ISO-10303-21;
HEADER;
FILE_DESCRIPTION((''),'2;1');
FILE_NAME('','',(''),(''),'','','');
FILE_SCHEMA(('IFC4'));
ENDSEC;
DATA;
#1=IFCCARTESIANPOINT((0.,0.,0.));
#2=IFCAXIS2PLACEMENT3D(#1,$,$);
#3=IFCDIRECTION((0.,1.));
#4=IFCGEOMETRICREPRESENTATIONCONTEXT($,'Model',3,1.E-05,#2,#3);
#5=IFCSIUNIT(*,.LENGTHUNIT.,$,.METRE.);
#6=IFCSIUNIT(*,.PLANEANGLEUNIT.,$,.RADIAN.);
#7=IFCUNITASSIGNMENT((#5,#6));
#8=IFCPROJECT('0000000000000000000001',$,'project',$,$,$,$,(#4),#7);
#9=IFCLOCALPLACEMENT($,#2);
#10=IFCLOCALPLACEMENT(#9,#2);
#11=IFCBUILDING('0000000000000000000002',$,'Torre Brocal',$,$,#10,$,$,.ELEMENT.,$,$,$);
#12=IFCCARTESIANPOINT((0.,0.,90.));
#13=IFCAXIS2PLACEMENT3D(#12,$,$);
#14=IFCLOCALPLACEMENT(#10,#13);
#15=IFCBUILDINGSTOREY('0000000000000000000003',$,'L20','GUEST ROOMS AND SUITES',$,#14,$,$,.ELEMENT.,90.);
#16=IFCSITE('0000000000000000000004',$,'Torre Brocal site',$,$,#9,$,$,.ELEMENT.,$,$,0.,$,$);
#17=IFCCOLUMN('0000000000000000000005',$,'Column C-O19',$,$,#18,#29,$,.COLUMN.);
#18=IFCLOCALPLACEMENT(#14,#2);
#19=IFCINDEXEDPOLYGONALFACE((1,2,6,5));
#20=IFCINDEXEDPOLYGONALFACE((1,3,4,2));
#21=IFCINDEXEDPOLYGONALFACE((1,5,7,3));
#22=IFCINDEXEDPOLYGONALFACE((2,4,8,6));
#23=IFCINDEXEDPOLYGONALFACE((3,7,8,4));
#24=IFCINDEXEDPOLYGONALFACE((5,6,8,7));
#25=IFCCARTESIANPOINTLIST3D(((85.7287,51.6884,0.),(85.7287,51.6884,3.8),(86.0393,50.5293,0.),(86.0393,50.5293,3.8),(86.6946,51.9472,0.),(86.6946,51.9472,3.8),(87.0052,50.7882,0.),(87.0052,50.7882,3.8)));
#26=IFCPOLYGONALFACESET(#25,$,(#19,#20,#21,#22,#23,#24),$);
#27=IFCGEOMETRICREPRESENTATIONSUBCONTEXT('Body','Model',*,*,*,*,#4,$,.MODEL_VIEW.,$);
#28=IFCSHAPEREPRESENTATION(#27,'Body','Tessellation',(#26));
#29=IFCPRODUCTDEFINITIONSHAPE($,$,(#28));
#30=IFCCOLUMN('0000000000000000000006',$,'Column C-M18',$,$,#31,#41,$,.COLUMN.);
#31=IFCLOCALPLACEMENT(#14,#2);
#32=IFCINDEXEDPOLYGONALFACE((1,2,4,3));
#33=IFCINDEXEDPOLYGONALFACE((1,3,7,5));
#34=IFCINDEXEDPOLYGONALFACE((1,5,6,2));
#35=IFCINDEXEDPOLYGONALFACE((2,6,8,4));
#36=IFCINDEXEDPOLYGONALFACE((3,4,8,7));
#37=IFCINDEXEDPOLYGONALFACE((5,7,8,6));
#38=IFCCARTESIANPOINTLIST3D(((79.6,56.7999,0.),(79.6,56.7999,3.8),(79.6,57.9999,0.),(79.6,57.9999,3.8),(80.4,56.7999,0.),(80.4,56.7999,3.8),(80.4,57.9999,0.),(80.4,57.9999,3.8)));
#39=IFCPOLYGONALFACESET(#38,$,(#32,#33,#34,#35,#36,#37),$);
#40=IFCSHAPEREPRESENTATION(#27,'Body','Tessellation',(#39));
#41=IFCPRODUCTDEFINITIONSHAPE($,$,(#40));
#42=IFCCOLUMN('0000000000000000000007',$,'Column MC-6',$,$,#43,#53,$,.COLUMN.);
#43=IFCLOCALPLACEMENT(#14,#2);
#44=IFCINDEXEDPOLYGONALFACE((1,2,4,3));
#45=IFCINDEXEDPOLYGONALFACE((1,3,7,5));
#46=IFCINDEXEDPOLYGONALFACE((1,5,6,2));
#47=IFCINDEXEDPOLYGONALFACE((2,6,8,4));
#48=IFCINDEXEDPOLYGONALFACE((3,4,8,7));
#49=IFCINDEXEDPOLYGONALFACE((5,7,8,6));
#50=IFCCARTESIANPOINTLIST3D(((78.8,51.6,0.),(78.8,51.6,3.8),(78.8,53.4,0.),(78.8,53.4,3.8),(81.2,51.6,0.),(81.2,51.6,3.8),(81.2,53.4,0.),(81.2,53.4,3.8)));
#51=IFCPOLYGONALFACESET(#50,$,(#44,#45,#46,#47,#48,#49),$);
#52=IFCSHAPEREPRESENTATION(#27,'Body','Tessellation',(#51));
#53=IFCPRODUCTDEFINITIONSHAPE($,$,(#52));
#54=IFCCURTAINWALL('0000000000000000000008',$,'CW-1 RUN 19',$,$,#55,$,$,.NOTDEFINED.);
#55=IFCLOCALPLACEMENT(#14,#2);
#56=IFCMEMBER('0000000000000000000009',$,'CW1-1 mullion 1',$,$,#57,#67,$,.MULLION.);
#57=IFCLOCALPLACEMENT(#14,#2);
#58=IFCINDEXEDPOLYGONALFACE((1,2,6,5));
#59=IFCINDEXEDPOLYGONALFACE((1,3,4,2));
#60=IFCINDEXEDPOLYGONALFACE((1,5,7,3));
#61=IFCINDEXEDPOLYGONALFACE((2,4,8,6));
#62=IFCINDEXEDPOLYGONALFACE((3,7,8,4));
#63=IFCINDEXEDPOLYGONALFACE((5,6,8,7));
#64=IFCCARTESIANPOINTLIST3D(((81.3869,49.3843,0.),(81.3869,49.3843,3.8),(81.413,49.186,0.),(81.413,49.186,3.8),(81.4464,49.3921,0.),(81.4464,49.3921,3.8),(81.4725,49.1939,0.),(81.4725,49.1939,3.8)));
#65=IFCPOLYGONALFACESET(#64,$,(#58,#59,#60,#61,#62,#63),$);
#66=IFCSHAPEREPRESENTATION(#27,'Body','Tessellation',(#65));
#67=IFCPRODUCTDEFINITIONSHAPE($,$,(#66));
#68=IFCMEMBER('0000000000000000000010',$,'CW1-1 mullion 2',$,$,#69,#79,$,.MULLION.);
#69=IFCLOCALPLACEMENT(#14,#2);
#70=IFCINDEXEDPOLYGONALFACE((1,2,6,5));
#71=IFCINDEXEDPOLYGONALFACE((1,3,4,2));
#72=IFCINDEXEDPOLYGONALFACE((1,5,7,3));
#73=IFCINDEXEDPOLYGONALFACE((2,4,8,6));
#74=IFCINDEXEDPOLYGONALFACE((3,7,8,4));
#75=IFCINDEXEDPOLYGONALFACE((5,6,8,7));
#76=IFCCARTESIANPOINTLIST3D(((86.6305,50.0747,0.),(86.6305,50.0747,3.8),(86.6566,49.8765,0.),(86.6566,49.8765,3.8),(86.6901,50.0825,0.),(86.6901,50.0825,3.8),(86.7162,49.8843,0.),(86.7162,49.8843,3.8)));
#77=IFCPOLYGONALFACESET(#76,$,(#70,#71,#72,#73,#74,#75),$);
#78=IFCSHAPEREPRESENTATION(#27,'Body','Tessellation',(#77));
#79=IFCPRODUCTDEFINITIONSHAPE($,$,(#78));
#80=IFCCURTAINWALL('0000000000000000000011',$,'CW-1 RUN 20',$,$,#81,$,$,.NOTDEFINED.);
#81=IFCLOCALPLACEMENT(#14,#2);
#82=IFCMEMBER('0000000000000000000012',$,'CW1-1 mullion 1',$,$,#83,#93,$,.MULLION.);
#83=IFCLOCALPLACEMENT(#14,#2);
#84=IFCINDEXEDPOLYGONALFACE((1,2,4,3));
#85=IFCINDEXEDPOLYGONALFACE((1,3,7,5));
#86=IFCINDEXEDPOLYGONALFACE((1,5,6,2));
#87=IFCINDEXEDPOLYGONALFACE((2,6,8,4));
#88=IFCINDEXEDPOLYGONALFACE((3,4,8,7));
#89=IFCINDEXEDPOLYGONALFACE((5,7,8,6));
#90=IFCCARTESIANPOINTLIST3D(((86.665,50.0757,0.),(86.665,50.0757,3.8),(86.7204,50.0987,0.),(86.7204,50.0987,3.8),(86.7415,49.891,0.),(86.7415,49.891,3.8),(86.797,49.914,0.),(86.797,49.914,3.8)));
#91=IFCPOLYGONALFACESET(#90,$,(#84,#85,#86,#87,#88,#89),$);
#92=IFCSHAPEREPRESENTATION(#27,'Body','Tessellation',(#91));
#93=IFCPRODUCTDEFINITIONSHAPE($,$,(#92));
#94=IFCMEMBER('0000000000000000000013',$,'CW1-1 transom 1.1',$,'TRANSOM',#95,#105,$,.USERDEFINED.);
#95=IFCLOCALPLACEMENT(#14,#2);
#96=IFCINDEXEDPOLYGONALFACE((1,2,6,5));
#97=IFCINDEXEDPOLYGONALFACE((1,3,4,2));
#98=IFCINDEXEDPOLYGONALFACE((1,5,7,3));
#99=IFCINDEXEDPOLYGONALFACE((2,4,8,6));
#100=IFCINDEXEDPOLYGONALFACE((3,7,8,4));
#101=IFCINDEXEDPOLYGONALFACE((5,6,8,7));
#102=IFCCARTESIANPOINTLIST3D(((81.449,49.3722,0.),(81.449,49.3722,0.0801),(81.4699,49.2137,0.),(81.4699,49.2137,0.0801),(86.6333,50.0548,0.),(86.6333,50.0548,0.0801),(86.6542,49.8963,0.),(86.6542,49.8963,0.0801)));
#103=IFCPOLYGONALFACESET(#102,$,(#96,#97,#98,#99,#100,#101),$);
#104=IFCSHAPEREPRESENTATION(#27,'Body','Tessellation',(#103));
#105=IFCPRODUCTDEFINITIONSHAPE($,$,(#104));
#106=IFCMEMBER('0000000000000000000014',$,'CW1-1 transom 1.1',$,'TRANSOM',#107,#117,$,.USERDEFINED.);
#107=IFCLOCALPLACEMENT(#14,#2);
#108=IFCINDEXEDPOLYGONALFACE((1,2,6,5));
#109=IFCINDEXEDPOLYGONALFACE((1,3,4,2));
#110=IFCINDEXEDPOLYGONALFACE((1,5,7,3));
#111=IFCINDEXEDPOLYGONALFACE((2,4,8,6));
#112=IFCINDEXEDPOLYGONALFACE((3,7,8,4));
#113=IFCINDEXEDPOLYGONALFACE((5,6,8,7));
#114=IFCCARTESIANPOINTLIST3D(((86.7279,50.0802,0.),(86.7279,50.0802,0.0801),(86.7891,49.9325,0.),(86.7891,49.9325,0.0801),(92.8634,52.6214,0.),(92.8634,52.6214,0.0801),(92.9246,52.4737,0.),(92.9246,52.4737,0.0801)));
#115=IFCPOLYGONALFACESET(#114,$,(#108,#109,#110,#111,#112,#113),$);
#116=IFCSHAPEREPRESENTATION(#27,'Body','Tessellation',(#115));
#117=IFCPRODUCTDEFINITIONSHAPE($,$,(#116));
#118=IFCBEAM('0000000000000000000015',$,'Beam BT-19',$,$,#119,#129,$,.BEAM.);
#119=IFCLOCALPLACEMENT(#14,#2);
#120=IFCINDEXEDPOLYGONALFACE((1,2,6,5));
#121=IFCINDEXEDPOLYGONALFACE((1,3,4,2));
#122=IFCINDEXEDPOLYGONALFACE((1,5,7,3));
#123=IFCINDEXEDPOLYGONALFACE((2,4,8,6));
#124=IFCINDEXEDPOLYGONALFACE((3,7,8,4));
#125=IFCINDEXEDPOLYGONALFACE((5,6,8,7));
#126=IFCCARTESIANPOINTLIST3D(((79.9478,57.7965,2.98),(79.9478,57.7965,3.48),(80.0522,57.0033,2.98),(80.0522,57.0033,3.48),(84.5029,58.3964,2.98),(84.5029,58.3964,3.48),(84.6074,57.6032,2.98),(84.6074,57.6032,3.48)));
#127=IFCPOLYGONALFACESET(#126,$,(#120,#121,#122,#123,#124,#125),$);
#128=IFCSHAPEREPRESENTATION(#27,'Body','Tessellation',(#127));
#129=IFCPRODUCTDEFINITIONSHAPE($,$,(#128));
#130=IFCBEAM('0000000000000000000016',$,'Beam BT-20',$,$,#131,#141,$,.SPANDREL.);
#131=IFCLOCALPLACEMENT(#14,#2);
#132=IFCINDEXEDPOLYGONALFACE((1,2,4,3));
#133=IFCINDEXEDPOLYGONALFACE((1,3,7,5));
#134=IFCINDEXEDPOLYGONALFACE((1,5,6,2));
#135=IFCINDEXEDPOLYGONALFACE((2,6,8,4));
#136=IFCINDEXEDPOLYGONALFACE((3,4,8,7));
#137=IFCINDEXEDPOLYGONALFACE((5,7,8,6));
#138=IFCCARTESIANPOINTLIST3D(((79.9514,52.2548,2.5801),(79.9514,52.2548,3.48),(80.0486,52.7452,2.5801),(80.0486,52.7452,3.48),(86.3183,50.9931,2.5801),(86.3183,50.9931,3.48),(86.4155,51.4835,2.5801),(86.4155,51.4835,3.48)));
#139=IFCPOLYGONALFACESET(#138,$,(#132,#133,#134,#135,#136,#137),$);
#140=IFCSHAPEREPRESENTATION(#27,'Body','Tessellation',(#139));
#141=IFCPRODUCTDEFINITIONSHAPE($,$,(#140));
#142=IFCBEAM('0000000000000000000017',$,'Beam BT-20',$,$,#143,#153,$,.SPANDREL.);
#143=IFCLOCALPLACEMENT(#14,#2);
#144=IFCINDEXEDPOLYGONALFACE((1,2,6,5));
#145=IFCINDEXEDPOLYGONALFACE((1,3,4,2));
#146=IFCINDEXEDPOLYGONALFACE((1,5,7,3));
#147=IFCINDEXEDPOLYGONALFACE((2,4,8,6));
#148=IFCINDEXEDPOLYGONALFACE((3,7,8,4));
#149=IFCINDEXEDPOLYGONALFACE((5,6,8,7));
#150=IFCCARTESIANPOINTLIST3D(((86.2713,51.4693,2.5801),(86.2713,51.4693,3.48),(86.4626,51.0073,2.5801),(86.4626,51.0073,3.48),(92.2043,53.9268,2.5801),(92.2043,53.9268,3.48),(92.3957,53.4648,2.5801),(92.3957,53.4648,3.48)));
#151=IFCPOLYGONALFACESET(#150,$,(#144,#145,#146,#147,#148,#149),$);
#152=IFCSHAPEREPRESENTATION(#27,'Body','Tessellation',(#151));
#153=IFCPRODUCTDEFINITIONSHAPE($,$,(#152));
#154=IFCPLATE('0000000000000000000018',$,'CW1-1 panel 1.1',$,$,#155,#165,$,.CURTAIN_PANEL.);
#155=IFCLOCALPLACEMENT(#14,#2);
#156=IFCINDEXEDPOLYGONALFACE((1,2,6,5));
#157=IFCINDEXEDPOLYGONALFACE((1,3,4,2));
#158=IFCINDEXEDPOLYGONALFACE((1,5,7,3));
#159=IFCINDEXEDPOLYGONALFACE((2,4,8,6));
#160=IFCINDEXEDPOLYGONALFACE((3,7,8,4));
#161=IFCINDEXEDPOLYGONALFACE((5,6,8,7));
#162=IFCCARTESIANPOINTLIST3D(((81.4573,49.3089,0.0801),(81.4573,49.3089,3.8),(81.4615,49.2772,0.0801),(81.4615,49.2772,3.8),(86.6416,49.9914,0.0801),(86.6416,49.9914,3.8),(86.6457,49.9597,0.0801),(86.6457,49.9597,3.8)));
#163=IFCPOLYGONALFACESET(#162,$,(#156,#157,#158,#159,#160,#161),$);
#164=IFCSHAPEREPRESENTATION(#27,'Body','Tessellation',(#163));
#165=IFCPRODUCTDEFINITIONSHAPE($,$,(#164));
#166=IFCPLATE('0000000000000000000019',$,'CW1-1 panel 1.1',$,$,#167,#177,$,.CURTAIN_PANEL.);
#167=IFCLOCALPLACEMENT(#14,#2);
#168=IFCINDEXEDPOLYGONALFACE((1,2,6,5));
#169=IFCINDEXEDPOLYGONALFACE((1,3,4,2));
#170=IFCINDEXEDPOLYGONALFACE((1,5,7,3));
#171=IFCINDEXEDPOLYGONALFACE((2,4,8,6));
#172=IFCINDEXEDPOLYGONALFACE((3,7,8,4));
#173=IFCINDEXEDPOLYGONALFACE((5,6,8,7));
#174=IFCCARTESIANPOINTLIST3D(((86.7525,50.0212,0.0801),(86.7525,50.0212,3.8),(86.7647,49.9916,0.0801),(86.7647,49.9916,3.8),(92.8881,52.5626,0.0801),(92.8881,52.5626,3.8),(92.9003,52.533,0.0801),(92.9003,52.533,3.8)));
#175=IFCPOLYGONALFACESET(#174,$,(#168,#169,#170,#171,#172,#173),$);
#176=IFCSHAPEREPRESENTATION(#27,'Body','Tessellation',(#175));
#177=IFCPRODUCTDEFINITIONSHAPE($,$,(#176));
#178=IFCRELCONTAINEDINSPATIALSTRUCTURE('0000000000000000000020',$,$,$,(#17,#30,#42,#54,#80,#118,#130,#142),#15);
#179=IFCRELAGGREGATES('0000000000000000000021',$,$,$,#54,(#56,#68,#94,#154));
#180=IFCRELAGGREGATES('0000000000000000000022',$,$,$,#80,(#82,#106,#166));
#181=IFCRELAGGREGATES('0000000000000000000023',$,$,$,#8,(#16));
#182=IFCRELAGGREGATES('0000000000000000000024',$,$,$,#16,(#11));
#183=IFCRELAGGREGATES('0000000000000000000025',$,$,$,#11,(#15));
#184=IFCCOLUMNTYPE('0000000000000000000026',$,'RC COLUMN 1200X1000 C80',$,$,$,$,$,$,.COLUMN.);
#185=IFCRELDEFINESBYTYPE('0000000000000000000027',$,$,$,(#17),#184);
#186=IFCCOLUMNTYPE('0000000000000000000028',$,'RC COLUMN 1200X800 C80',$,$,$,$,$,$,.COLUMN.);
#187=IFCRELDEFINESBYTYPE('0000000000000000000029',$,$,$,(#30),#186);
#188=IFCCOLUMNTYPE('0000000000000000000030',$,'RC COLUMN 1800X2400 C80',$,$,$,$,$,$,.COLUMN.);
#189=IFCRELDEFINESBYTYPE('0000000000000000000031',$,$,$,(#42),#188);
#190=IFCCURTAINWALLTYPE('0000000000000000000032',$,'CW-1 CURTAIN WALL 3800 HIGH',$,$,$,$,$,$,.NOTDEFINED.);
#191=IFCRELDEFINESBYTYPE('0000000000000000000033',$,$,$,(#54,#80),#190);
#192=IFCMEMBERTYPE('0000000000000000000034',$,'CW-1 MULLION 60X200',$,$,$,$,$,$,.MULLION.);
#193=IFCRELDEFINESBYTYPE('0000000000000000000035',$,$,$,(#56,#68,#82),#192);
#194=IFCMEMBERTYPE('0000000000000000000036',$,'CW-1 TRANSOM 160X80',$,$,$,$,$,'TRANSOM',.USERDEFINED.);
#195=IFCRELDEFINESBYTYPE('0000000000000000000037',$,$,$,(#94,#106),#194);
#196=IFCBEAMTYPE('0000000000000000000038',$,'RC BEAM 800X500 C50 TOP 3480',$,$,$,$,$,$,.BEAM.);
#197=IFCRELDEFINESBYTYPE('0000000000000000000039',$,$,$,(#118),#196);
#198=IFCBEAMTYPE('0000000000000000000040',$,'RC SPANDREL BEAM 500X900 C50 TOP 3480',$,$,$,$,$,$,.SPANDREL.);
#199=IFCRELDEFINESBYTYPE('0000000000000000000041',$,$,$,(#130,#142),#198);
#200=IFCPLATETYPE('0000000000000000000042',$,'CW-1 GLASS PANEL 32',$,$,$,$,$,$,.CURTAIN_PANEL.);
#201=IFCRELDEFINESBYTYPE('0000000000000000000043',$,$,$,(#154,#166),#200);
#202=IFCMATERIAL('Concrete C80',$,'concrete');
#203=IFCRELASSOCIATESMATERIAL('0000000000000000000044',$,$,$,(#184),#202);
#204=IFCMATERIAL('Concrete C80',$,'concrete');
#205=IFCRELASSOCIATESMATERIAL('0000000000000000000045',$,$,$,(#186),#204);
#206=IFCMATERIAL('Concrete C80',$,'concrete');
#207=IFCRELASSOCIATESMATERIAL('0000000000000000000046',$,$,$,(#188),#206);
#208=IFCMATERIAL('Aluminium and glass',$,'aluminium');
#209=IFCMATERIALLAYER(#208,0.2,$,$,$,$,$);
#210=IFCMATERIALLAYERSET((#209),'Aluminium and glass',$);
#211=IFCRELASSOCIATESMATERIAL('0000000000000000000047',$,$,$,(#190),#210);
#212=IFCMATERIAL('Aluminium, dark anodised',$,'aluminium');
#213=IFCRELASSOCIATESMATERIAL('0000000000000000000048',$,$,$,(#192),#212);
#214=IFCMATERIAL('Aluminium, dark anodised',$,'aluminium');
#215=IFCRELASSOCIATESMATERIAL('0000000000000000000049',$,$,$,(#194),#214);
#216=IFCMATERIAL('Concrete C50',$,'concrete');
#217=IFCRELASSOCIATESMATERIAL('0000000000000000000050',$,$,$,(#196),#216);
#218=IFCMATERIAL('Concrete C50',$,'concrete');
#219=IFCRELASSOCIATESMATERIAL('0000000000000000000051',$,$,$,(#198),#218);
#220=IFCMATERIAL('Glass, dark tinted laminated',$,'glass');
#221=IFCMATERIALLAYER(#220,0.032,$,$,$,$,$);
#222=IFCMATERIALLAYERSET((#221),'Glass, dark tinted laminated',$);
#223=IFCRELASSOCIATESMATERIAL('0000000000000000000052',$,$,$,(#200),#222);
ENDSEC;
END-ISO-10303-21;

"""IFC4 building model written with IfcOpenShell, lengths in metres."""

from ifc_helpers import new_model, si_unit, direction, frame, origin, origin_2d, place, context, subcontext, project, spatial, rectangle, extrude, material, layer, layer_set, material_profile, profile_set, type_object, element, aggregate, save


model = new_model("IFC4")

# Units and contexts
model_context = context("Model", 3, precision=1e-05, world=origin(), true_north=direction((0.0, 1.0)))
body_context = subcontext(model_context, "Body", "Model", "MODEL_VIEW")
ifc_project = project(units=[si_unit("LENGTHUNIT", "METRE"), si_unit("PLANEANGLEUNIT", "RADIAN")], contexts=[model_context])

# Site, building, storey
site_placement = place(None, origin())
site = spatial("IfcSite", under=ifc_project, at=site_placement, Name="Torre Brocal site", CompositionType="ELEMENT", RefElevation=0.0)
building_placement = place(site_placement, origin())
building = spatial("IfcBuilding", under=site, at=building_placement, Name="Torre Brocal", CompositionType="ELEMENT")
storey_placement = place(building_placement, frame((0.0, 0.0, 90.0)))
storey = spatial("IfcBuildingStorey", under=building, at=storey_placement, Name="L20", Description="GUEST ROOMS AND SUITES", CompositionType="ELEMENT", Elevation=90.0)

# Columns
ifc_material_1 = material(Name="Concrete C80", Category="concrete")
ifc_material_profile_1 = material_profile(ifc_material_1, rectangle(XDim=1.2, YDim=1.0, at=origin_2d()), Name="RC 1200X1000")
ifc_profile_set_1 = profile_set([ifc_material_profile_1], Name="Concrete C80")
column_type_1 = type_object("IfcColumnType", Name="RC COLUMN 1200X1000 C80", PredefinedType="COLUMN", material=ifc_profile_set_1)
column_1_placement = place(storey_placement, frame((86.3669, 51.2383, 0.0), z_axis=(0.0, 0.0, 1.0), x_axis=(0.258819, -0.965926, 0.0)))
element("IfcColumn", 1, at=column_1_placement, inside=storey, type_object=column_type_1, Name="Column C-O19", PredefinedType="COLUMN", context=body_context, shape_type="SweptSolid", body=[
    extrude(rectangle(XDim=1.2, YDim=1.0, at=origin_2d()), origin(), (0.0, 0.0, 1.0), 3.8),
])
ifc_material_2 = material(Name="Concrete C80", Category="concrete")
ifc_material_profile_2 = material_profile(ifc_material_2, rectangle(XDim=1.2, YDim=0.8, at=origin_2d()), Name="RC 1200X800")
ifc_profile_set_2 = profile_set([ifc_material_profile_2], Name="Concrete C80")
column_type_2 = type_object("IfcColumnType", Name="RC COLUMN 1200X800 C80", PredefinedType="COLUMN", material=ifc_profile_set_2)
column_2_placement = place(storey_placement, frame((80.0, 57.3999, 0.0), z_axis=(0.0, 0.0, 1.0), x_axis=(0.0, -1.0, 0.0)))
element("IfcColumn", 2, at=column_2_placement, inside=storey, type_object=column_type_2, Name="Column C-M18", PredefinedType="COLUMN", context=body_context, shape_type="SweptSolid", body=[
    extrude(rectangle(XDim=1.2, YDim=0.8, at=origin_2d()), origin(), (0.0, 0.0, 1.0), 3.8),
])
ifc_material_3 = material(Name="Concrete C80", Category="concrete")
ifc_material_profile_3 = material_profile(ifc_material_3, rectangle(XDim=1.8, YDim=2.3999, at=origin_2d()), Name="RC 1800X2400")
ifc_profile_set_3 = profile_set([ifc_material_profile_3], Name="Concrete C80")
column_type_3 = type_object("IfcColumnType", Name="RC COLUMN 1800X2400 C80", PredefinedType="COLUMN", material=ifc_profile_set_3)
column_3_placement = place(storey_placement, frame((80.0, 52.5, 0.0), z_axis=(0.0, 0.0, 1.0), x_axis=(0.0, -1.0, 0.0)))
element("IfcColumn", 3, at=column_3_placement, inside=storey, type_object=column_type_3, Name="Column MC-6", PredefinedType="COLUMN", context=body_context, shape_type="SweptSolid", body=[
    extrude(rectangle(XDim=1.8, YDim=2.3999, at=origin_2d()), origin(), (0.0, 0.0, 1.0), 3.8),
])

# Curtain wall, members
ifc_material_4 = material(Name="Aluminium and glass", Category="aluminium")
ifc_layer_1 = layer(ifc_material_4, 0.2)
ifc_layer_set_1 = layer_set([ifc_layer_1], Name="Aluminium and glass")
curtain_wall_type = type_object("IfcCurtainWallType", Name="CW-1 CURTAIN WALL 3800 HIGH", PredefinedType="NOTDEFINED", material=ifc_layer_set_1)
curtain_wall_1_placement = place(storey_placement, origin())
curtain_wall_1 = element("IfcCurtainWall", 4, at=curtain_wall_1_placement, inside=storey, type_object=curtain_wall_type, Name="CW-1 RUN 19", PredefinedType="NOTDEFINED")
ifc_material_5 = material(Name="Aluminium, dark anodised", Category="aluminium")
ifc_material_profile_4 = material_profile(ifc_material_5, rectangle(XDim=0.2, YDim=0.0601, at=origin_2d()), Name="CW-1 MULLION 60X200")
ifc_profile_set_4 = profile_set([ifc_material_profile_4], Name="Aluminium, dark anodised")
member_type_1 = type_object("IfcMemberType", Name="CW-1 MULLION 60X200", PredefinedType="MULLION", material=ifc_profile_set_4)
member_1_placement = place(storey_placement, frame((81.4297, 49.2891, 0.0), z_axis=(0.0, 0.0, 1.0), x_axis=(-0.130526, 0.991445, 0.0)))
member_1 = element("IfcMember", 5, at=member_1_placement, type_object=member_type_1, Name="CW1-1 mullion 1", PredefinedType="MULLION", context=body_context, shape_type="SweptSolid", body=[
    extrude(rectangle(XDim=0.2, YDim=0.0601, at=origin_2d()), origin(), (0.0, 0.0, 1.0), 3.8),
])
member_2_placement = place(storey_placement, frame((86.6733, 49.9795, 0.0), z_axis=(0.0, 0.0, 1.0), x_axis=(-0.130526, 0.991445, 0.0)))
member_2 = element("IfcMember", 6, at=member_2_placement, type_object=member_type_1, Name="CW1-1 mullion 2", PredefinedType="MULLION", context=body_context, shape_type="SweptSolid", body=[
    extrude(rectangle(XDim=0.2, YDim=0.0601, at=origin_2d()), origin(), (0.0, 0.0, 1.0), 3.8),
])

# Curtain wall, member
curtain_wall_2_placement = place(storey_placement, origin())
curtain_wall_2 = element("IfcCurtainWall", 7, at=curtain_wall_2_placement, inside=storey, type_object=curtain_wall_type, Name="CW-1 RUN 20", PredefinedType="NOTDEFINED")
member_3_placement = place(storey_placement, frame((86.731, 49.9949, 0.0), z_axis=(0.0, 0.0, 1.0), x_axis=(-0.382683, 0.92388, 0.0)))
member_3 = element("IfcMember", 8, at=member_3_placement, type_object=member_type_1, Name="CW1-1 mullion 1", PredefinedType="MULLION", context=body_context, shape_type="SweptSolid", body=[
    extrude(rectangle(XDim=0.2, YDim=0.0601, at=origin_2d()), origin(), (0.0, 0.0, 1.0), 3.8),
])

# Members
ifc_material_6 = material(Name="Aluminium, dark anodised", Category="aluminium")
ifc_material_profile_5 = material_profile(ifc_material_6, rectangle(XDim=0.1599, YDim=0.0801, at=origin_2d()), Name="CW-1 TRANSOM 160X80")
ifc_profile_set_5 = profile_set([ifc_material_profile_5], Name="Aluminium, dark anodised")
member_type_2 = type_object("IfcMemberType", Name="CW-1 TRANSOM 160X80", ElementType="TRANSOM", PredefinedType="USERDEFINED", material=ifc_profile_set_5)
member_4_placement = place(storey_placement, frame((81.4595, 49.293, 0.04), z_axis=(0.991443, 0.130543, 0.0), x_axis=(-0.130543, 0.991443, 0.0)))
member_4 = element("IfcMember", 9, at=member_4_placement, type_object=member_type_2, Name="CW1-1 transom 1.1", ObjectType="TRANSOM", PredefinedType="USERDEFINED", context=body_context, shape_type="SweptSolid", body=[
    extrude(rectangle(XDim=0.1599, YDim=0.0801, at=origin_2d()), origin(), (0.0, 0.0, 1.0), 5.229),
])
member_5_placement = place(storey_placement, frame((86.7585, 50.0063, 0.04), z_axis=(0.923887, 0.382665, 0.0), x_axis=(-0.382665, 0.923887, 0.0)))
member_5 = element("IfcMember", 10, at=member_5_placement, type_object=member_type_2, Name="CW1-1 transom 1.1", ObjectType="TRANSOM", PredefinedType="USERDEFINED", context=body_context, shape_type="SweptSolid", body=[
    extrude(rectangle(XDim=0.1599, YDim=0.0801, at=origin_2d()), origin(), (0.0, 0.0, 1.0), 6.6409),
])

# Beams
ifc_material_7 = material(Name="Concrete C50", Category="concrete")
ifc_material_profile_6 = material_profile(ifc_material_7, rectangle(XDim=0.8, YDim=0.5, at=origin_2d()), Name="RC 800X500")
ifc_profile_set_6 = profile_set([ifc_material_profile_6], Name="Concrete C50")
beam_type_1 = type_object("IfcBeamType", Name="RC BEAM 800X500 C50 TOP 3480", PredefinedType="BEAM", material=ifc_profile_set_6)
beam_1_placement = place(storey_placement, frame((80.0, 57.3999, 3.23), z_axis=(0.991441, 0.130559, 0.0), x_axis=(-0.130559, 0.991441, 0.0)))
element("IfcBeam", 11, at=beam_1_placement, inside=storey, type_object=beam_type_1, Name="Beam BT-19", PredefinedType="BEAM", context=body_context, shape_type="SweptSolid", body=[
    extrude(rectangle(XDim=0.8, YDim=0.5, at=origin_2d()), origin(), (0.0, 0.0, 1.0), 4.5945),
])
ifc_material_8 = material(Name="Concrete C50", Category="concrete")
ifc_material_profile_7 = material_profile(ifc_material_8, rectangle(XDim=0.5, YDim=0.8999, at=origin_2d()), Name="RC 500X900")
ifc_profile_set_7 = profile_set([ifc_material_profile_7], Name="Concrete C50")
beam_type_2 = type_object("IfcBeamType", Name="RC SPANDREL BEAM 500X900 C50 TOP 3480", PredefinedType="SPANDREL", material=ifc_profile_set_7)
beam_2_placement = place(storey_placement, frame((80.0, 52.5, 3.03), z_axis=(0.980925, -0.194387, 0.0), x_axis=(0.194387, 0.980925, 0.0)))
element("IfcBeam", 12, at=beam_2_placement, inside=storey, type_object=beam_type_2, Name="Beam BT-20", PredefinedType="SPANDREL", context=body_context, shape_type="SweptSolid", body=[
    extrude(rectangle(XDim=0.5, YDim=0.8999, at=origin_2d()), origin(), (0.0, 0.0, 1.0), 6.4907),
])
beam_3_placement = place(storey_placement, frame((86.3669, 51.2383, 3.03), z_axis=(0.923882, 0.382676, 0.0), x_axis=(-0.382676, 0.923882, 0.0)))
element("IfcBeam", 13, at=beam_3_placement, inside=storey, type_object=beam_type_2, Name="Beam BT-20", PredefinedType="SPANDREL", context=body_context, shape_type="SweptSolid", body=[
    extrude(rectangle(XDim=0.5, YDim=0.8999, at=origin_2d()), origin(), (0.0, 0.0, 1.0), 6.4219),
])

# Plates
ifc_material_9 = material(Name="Glass, dark tinted laminated", Category="glass")
ifc_layer_2 = layer(ifc_material_9, 0.032)
ifc_layer_set_2 = layer_set([ifc_layer_2], Name="Glass, dark tinted laminated")
plate_type = type_object("IfcPlateType", Name="CW-1 GLASS PANEL 32", PredefinedType="CURTAIN_PANEL", material=ifc_layer_set_2)
plate_1_placement = place(storey_placement, frame((84.0515, 49.6343, 0.0801), z_axis=(0.0, 0.0, 1.0), x_axis=(0.991445, 0.130526, 0.0)))
plate_1 = element("IfcPlate", 14, at=plate_1_placement, type_object=plate_type, Name="CW1-1 panel 1.1", PredefinedType="CURTAIN_PANEL", context=body_context, shape_type="SweptSolid", body=[
    extrude(rectangle(XDim=5.229, YDim=0.032, at=origin_2d()), origin(), (0.0, 0.0, 1.0), 3.72),
])
aggregate(curtain_wall_1, [member_1, member_2, member_4, plate_1])
plate_2_placement = place(storey_placement, frame((89.8264, 51.2771, 0.0801), z_axis=(0.0, 0.0, 1.0), x_axis=(0.92388, 0.382683, 0.0)))
plate_2 = element("IfcPlate", 15, at=plate_2_placement, type_object=plate_type, Name="CW1-1 panel 1.1", PredefinedType="CURTAIN_PANEL", context=body_context, shape_type="SweptSolid", body=[
    extrude(rectangle(XDim=6.6411, YDim=0.032, at=origin_2d()), origin(), (0.0, 0.0, 1.0), 3.72),
])
aggregate(curtain_wall_2, [member_3, member_5, plate_2])

save(model, "model.ifc")
